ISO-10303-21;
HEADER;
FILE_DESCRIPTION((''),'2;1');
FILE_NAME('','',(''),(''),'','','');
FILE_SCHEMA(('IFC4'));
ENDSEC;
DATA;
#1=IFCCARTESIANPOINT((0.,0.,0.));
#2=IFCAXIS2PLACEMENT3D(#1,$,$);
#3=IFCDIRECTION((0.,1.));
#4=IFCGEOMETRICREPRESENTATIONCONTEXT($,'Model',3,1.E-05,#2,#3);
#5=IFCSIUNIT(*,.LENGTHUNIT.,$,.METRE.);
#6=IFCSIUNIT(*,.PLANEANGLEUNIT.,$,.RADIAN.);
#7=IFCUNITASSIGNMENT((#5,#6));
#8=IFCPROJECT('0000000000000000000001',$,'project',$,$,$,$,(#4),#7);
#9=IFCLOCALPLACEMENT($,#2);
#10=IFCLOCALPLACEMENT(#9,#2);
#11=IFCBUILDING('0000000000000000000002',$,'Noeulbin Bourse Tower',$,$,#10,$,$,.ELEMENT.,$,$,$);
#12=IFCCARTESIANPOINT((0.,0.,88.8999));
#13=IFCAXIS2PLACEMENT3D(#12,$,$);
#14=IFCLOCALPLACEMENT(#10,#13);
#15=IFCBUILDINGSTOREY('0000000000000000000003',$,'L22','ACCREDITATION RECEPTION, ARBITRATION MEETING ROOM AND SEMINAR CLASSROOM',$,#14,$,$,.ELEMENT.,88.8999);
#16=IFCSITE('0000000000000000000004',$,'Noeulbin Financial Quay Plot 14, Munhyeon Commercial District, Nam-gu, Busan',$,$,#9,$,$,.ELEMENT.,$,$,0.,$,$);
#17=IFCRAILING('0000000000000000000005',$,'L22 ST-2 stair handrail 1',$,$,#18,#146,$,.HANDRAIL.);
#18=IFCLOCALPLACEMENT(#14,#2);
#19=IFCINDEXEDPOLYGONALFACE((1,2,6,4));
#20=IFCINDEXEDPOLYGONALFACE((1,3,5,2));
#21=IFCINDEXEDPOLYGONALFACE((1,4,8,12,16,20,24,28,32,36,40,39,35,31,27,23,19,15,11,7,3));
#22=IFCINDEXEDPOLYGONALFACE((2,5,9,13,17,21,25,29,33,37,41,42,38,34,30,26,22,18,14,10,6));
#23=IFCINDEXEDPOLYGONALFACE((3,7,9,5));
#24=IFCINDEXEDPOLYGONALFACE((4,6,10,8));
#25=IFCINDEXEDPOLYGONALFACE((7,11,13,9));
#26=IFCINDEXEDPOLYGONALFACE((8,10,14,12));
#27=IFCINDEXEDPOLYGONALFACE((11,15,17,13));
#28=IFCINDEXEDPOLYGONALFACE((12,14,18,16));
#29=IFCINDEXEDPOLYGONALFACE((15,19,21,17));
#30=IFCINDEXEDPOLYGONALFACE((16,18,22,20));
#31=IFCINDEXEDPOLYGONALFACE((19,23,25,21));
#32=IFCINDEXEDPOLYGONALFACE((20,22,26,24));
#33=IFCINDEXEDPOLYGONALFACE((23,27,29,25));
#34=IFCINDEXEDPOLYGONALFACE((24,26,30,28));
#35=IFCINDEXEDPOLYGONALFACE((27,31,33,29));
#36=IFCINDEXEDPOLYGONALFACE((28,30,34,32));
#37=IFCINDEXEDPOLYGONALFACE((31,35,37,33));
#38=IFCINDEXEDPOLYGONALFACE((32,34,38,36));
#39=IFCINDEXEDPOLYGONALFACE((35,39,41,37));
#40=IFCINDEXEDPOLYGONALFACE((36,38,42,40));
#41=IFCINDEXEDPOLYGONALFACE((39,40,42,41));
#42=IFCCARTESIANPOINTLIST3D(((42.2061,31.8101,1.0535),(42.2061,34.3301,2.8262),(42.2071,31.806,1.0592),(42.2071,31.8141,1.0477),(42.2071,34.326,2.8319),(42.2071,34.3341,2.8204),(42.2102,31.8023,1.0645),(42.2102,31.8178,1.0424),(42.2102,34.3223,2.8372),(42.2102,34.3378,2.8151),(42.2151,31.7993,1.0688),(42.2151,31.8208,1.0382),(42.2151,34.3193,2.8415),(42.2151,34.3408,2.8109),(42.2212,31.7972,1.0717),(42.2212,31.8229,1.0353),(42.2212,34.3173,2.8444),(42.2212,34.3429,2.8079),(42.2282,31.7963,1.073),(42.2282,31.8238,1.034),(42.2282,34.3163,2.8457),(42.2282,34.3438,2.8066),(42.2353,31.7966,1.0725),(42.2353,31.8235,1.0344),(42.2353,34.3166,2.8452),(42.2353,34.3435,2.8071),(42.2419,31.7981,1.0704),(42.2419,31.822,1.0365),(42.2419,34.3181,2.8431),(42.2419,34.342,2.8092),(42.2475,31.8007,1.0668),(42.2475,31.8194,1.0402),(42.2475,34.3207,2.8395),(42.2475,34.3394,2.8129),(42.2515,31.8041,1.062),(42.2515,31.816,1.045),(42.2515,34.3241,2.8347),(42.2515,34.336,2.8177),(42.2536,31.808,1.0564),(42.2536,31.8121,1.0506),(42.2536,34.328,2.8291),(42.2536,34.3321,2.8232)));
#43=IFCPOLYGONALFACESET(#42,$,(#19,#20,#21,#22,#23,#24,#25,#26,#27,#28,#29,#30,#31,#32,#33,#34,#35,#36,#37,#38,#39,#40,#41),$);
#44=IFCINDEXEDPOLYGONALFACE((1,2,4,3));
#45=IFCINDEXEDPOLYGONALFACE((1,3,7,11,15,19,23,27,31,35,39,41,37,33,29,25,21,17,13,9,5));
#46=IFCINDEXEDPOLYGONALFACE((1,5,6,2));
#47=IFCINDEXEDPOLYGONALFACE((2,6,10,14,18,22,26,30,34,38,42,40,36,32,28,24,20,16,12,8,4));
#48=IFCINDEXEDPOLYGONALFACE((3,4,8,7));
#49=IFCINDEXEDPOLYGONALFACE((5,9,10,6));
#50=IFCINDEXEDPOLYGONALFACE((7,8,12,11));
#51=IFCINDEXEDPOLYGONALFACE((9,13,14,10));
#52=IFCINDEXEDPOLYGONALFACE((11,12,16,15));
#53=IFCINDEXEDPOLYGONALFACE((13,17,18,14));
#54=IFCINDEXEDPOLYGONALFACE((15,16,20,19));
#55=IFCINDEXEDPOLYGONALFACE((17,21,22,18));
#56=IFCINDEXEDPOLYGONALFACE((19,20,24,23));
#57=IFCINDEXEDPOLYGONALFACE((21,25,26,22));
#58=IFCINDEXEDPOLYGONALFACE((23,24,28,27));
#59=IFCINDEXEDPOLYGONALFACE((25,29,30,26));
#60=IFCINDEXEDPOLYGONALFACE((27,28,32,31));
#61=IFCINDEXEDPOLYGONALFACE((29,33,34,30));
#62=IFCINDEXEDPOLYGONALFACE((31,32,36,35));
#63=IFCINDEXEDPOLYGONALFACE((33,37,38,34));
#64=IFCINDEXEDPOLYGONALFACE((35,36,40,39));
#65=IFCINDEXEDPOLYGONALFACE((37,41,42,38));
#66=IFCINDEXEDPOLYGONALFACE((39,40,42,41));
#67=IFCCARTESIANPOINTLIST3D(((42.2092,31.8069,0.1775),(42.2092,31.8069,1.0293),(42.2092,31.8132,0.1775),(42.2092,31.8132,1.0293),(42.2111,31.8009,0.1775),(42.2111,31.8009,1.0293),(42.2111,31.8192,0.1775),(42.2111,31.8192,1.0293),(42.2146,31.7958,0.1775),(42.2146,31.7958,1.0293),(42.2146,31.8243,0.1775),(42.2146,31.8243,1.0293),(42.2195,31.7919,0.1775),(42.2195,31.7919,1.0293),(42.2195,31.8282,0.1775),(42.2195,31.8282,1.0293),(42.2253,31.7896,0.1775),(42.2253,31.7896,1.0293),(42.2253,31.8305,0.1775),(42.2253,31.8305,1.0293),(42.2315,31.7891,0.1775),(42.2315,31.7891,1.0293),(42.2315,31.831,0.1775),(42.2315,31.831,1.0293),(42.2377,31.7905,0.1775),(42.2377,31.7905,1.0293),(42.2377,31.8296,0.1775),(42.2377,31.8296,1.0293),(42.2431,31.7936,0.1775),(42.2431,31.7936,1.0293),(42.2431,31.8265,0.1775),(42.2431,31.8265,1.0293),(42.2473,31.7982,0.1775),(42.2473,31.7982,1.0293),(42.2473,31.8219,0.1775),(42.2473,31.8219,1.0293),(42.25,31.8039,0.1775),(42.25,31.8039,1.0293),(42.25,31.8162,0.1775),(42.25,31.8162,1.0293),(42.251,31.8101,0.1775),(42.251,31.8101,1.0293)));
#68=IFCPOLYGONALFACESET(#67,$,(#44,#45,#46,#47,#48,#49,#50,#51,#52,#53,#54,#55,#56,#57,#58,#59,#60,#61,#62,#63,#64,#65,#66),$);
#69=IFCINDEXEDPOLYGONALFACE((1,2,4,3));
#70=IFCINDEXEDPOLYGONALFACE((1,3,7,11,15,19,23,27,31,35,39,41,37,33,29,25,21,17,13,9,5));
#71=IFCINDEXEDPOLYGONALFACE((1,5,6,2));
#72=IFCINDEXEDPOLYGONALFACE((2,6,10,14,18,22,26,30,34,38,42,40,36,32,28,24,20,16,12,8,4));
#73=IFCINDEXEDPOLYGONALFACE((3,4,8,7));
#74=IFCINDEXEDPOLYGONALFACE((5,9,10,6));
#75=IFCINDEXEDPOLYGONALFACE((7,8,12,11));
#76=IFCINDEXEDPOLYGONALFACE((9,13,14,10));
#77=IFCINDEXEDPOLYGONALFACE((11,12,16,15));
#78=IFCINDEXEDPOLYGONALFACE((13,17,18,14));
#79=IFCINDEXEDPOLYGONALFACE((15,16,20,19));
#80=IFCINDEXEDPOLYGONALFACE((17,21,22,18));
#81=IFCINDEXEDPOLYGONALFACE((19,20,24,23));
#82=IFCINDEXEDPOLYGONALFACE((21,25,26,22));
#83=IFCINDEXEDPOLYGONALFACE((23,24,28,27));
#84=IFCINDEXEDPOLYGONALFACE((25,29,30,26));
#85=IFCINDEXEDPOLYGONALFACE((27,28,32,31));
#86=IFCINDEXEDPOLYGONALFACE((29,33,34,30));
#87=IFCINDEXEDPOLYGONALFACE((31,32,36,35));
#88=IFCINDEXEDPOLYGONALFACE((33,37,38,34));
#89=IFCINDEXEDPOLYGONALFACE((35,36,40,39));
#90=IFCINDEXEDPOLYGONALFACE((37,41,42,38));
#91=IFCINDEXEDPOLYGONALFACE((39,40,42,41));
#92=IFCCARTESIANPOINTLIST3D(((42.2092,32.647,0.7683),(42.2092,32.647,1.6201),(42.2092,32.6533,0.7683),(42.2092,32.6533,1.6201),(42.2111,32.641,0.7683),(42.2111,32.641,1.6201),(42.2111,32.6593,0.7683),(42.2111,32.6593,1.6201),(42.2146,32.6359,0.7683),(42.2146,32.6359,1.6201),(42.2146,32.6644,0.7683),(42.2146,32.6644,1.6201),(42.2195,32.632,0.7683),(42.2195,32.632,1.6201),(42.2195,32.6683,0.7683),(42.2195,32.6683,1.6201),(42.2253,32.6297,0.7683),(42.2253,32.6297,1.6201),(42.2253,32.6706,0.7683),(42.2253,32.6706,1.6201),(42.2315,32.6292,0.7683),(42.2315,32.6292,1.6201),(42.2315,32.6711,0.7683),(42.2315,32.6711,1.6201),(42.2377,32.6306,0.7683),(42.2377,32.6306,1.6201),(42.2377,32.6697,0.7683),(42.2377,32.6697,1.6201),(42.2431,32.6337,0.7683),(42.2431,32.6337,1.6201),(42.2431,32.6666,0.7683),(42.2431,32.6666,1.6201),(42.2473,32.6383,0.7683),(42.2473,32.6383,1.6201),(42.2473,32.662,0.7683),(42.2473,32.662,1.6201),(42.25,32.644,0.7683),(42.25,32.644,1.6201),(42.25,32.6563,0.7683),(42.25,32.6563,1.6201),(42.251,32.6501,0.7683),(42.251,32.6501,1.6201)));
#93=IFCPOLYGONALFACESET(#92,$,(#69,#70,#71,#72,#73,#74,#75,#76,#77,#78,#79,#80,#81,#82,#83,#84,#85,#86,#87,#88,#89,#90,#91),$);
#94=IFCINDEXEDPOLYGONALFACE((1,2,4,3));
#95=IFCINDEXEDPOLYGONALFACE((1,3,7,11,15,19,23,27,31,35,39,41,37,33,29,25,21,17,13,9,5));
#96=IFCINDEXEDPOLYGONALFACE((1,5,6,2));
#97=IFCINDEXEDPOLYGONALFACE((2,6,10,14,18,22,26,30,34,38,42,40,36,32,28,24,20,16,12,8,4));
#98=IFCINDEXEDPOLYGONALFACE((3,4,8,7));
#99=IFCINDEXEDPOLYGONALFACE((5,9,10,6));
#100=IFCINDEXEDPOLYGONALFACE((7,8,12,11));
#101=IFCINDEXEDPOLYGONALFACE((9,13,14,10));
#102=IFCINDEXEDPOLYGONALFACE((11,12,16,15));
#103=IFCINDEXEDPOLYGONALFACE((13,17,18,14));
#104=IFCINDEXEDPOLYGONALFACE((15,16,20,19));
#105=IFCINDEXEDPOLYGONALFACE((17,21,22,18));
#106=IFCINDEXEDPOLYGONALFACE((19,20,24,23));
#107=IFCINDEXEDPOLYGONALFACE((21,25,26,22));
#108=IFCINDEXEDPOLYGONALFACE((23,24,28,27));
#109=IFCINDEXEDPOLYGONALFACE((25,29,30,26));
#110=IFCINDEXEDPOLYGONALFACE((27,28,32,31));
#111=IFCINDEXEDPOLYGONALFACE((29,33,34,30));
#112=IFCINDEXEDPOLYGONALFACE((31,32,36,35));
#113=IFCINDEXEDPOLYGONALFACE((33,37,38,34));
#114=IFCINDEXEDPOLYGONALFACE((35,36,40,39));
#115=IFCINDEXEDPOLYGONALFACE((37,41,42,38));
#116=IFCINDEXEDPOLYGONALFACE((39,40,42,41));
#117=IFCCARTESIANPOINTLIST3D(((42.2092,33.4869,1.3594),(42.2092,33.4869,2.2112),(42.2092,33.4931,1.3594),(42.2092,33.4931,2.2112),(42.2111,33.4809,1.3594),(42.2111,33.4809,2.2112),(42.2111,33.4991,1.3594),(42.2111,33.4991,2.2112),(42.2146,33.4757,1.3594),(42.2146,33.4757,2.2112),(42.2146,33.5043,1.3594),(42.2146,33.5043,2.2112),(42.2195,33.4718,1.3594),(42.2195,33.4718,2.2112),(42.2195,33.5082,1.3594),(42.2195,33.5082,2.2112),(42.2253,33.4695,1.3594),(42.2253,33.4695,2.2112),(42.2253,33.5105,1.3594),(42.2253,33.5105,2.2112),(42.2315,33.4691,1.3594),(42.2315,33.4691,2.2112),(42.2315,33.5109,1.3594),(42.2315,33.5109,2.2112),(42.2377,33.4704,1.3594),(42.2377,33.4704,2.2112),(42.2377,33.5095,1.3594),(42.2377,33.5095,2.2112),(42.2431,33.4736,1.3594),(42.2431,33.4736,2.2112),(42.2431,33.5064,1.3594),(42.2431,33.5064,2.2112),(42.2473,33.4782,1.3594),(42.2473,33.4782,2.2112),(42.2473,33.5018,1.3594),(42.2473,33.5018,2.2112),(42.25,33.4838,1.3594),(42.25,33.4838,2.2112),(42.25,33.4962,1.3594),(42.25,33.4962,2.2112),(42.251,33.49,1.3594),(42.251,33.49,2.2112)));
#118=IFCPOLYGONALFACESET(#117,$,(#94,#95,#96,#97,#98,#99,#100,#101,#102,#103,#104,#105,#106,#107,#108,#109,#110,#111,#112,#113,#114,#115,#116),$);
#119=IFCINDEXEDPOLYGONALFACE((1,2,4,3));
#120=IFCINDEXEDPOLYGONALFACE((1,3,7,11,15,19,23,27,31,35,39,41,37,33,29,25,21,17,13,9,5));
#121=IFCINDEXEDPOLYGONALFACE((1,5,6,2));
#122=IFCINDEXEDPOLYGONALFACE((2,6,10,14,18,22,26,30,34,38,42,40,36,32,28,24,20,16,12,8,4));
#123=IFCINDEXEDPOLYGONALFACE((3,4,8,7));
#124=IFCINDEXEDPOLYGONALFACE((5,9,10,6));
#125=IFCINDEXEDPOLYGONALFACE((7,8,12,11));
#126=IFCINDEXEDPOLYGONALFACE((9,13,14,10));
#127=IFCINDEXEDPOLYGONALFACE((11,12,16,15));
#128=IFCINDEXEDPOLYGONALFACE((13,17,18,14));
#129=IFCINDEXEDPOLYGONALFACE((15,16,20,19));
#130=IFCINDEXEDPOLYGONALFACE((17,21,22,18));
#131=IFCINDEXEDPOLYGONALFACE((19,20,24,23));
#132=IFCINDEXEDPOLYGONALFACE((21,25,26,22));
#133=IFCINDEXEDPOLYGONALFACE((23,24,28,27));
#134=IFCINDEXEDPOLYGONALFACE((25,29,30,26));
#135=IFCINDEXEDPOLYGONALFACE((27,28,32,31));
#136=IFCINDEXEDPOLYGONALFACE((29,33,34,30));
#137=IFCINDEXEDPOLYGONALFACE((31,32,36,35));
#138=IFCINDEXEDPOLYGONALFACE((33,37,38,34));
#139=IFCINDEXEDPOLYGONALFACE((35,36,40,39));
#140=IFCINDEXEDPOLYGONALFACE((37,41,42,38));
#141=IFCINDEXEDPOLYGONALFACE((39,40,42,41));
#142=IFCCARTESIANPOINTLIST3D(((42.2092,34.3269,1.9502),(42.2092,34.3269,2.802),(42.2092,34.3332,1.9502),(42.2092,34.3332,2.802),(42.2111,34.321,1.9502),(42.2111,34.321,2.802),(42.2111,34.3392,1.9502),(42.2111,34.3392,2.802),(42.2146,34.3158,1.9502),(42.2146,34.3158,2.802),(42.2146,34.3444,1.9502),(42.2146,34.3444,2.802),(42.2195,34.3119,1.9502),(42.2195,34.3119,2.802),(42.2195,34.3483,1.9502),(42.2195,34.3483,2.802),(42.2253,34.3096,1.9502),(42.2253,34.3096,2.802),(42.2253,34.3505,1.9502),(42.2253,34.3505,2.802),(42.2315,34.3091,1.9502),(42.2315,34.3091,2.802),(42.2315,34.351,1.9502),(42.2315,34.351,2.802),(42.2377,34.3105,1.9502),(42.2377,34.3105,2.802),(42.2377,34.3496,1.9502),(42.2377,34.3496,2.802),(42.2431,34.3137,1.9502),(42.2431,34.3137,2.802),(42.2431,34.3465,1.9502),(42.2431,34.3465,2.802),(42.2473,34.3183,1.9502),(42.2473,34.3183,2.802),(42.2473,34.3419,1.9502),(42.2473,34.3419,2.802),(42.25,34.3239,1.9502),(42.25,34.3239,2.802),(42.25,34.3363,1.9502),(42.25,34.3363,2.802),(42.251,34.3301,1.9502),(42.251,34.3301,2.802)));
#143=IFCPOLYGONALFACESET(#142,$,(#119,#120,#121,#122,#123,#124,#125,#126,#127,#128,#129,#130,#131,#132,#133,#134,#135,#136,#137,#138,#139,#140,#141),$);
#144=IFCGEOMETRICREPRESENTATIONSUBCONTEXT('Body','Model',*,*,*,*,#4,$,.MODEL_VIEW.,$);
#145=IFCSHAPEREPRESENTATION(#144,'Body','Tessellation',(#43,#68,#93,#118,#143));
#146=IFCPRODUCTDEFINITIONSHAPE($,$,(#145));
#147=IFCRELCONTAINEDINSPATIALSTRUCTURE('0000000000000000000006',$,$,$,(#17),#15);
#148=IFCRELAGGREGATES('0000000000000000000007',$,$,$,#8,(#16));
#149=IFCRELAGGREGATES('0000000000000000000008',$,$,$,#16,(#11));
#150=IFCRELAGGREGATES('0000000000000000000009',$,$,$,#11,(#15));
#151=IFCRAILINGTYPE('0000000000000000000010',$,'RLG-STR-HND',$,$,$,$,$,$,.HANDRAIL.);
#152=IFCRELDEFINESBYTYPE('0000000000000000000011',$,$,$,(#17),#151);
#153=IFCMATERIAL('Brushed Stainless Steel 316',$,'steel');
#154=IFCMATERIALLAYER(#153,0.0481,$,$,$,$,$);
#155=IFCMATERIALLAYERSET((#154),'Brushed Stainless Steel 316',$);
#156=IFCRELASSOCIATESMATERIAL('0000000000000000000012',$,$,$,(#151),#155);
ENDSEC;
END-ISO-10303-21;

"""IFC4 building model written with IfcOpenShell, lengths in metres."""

from ifc_helpers import new_model, si_unit, direction, frame, origin, origin_2d, place, context, subcontext, project, spatial, circle, extrude, material, layer, layer_set, type_object, element, save


model = new_model("IFC4")

# Units and contexts
model_context = context("Model", 3, precision=1e-05, world=origin(), true_north=direction((0.0, 1.0)))
body_context = subcontext(model_context, "Body", "Model", "MODEL_VIEW")
ifc_project = project(units=[si_unit("LENGTHUNIT", "METRE"), si_unit("PLANEANGLEUNIT", "RADIAN")], contexts=[model_context])

# Site, building, storey
site_placement = place(None, origin())
site = spatial("IfcSite", under=ifc_project, at=site_placement, Name="Noeulbin Financial Quay Plot 14, Munhyeon Commercial District, Nam-gu, Busan", CompositionType="ELEMENT", RefElevation=0.0)
building_placement = place(site_placement, origin())
building = spatial("IfcBuilding", under=site, at=building_placement, Name="Noeulbin Bourse Tower", CompositionType="ELEMENT")
storey_placement = place(building_placement, frame((0.0, 0.0, 88.8999)))
storey = spatial("IfcBuildingStorey", under=building, at=storey_placement, Name="L22", Description="ACCREDITATION RECEPTION, ARBITRATION MEETING ROOM AND SEMINAR CLASSROOM", CompositionType="ELEMENT", Elevation=88.8999)

# Railing
ifc_material_1 = material(Name="Brushed Stainless Steel 316", Category="steel")
ifc_layer_1 = layer(ifc_material_1, 0.0481)
ifc_layer_set_1 = layer_set([ifc_layer_1], Name="Brushed Stainless Steel 316")
railing_type_1 = type_object("IfcRailingType", Name="RLG-STR-HND", PredefinedType="HANDRAIL", material=ifc_layer_set_1)
railing_1_placement = place(storey_placement, frame((42.23, 31.8101, 0.1775)))
element("IfcRailing", 1, at=railing_1_placement, inside=storey, type_object=railing_type_1, Name="L22 ST-2 stair handrail 1", PredefinedType="HANDRAIL", context=body_context, shape_type="SweptSolid", body=[
    extrude(circle(Radius=0.0239, at=origin_2d()), frame((0.0, 0.0, 0.876), z_axis=(0.0, 0.817904, 0.575354), x_axis=(-1.0, 0.0, 0.0)), (0.0, 0.0, 1.0), 3.0811),
    extrude(circle(Radius=0.021, at=origin_2d()), origin(), (0.0, 0.0, 1.0), 0.8518),
    extrude(circle(Radius=0.021, at=origin_2d()), frame((0.0, 0.8401, 0.5908)), (0.0, 0.0, 1.0), 0.8518),
    extrude(circle(Radius=0.021, at=origin_2d()), frame((0.0, 1.6799, 1.1819)), (0.0, 0.0, 1.0), 0.8518),
    extrude(circle(Radius=0.021, at=origin_2d()), frame((0.0, 2.52, 1.7727)), (0.0, 0.0, 1.0), 0.8518),
])

save(model, "model.ifc")
